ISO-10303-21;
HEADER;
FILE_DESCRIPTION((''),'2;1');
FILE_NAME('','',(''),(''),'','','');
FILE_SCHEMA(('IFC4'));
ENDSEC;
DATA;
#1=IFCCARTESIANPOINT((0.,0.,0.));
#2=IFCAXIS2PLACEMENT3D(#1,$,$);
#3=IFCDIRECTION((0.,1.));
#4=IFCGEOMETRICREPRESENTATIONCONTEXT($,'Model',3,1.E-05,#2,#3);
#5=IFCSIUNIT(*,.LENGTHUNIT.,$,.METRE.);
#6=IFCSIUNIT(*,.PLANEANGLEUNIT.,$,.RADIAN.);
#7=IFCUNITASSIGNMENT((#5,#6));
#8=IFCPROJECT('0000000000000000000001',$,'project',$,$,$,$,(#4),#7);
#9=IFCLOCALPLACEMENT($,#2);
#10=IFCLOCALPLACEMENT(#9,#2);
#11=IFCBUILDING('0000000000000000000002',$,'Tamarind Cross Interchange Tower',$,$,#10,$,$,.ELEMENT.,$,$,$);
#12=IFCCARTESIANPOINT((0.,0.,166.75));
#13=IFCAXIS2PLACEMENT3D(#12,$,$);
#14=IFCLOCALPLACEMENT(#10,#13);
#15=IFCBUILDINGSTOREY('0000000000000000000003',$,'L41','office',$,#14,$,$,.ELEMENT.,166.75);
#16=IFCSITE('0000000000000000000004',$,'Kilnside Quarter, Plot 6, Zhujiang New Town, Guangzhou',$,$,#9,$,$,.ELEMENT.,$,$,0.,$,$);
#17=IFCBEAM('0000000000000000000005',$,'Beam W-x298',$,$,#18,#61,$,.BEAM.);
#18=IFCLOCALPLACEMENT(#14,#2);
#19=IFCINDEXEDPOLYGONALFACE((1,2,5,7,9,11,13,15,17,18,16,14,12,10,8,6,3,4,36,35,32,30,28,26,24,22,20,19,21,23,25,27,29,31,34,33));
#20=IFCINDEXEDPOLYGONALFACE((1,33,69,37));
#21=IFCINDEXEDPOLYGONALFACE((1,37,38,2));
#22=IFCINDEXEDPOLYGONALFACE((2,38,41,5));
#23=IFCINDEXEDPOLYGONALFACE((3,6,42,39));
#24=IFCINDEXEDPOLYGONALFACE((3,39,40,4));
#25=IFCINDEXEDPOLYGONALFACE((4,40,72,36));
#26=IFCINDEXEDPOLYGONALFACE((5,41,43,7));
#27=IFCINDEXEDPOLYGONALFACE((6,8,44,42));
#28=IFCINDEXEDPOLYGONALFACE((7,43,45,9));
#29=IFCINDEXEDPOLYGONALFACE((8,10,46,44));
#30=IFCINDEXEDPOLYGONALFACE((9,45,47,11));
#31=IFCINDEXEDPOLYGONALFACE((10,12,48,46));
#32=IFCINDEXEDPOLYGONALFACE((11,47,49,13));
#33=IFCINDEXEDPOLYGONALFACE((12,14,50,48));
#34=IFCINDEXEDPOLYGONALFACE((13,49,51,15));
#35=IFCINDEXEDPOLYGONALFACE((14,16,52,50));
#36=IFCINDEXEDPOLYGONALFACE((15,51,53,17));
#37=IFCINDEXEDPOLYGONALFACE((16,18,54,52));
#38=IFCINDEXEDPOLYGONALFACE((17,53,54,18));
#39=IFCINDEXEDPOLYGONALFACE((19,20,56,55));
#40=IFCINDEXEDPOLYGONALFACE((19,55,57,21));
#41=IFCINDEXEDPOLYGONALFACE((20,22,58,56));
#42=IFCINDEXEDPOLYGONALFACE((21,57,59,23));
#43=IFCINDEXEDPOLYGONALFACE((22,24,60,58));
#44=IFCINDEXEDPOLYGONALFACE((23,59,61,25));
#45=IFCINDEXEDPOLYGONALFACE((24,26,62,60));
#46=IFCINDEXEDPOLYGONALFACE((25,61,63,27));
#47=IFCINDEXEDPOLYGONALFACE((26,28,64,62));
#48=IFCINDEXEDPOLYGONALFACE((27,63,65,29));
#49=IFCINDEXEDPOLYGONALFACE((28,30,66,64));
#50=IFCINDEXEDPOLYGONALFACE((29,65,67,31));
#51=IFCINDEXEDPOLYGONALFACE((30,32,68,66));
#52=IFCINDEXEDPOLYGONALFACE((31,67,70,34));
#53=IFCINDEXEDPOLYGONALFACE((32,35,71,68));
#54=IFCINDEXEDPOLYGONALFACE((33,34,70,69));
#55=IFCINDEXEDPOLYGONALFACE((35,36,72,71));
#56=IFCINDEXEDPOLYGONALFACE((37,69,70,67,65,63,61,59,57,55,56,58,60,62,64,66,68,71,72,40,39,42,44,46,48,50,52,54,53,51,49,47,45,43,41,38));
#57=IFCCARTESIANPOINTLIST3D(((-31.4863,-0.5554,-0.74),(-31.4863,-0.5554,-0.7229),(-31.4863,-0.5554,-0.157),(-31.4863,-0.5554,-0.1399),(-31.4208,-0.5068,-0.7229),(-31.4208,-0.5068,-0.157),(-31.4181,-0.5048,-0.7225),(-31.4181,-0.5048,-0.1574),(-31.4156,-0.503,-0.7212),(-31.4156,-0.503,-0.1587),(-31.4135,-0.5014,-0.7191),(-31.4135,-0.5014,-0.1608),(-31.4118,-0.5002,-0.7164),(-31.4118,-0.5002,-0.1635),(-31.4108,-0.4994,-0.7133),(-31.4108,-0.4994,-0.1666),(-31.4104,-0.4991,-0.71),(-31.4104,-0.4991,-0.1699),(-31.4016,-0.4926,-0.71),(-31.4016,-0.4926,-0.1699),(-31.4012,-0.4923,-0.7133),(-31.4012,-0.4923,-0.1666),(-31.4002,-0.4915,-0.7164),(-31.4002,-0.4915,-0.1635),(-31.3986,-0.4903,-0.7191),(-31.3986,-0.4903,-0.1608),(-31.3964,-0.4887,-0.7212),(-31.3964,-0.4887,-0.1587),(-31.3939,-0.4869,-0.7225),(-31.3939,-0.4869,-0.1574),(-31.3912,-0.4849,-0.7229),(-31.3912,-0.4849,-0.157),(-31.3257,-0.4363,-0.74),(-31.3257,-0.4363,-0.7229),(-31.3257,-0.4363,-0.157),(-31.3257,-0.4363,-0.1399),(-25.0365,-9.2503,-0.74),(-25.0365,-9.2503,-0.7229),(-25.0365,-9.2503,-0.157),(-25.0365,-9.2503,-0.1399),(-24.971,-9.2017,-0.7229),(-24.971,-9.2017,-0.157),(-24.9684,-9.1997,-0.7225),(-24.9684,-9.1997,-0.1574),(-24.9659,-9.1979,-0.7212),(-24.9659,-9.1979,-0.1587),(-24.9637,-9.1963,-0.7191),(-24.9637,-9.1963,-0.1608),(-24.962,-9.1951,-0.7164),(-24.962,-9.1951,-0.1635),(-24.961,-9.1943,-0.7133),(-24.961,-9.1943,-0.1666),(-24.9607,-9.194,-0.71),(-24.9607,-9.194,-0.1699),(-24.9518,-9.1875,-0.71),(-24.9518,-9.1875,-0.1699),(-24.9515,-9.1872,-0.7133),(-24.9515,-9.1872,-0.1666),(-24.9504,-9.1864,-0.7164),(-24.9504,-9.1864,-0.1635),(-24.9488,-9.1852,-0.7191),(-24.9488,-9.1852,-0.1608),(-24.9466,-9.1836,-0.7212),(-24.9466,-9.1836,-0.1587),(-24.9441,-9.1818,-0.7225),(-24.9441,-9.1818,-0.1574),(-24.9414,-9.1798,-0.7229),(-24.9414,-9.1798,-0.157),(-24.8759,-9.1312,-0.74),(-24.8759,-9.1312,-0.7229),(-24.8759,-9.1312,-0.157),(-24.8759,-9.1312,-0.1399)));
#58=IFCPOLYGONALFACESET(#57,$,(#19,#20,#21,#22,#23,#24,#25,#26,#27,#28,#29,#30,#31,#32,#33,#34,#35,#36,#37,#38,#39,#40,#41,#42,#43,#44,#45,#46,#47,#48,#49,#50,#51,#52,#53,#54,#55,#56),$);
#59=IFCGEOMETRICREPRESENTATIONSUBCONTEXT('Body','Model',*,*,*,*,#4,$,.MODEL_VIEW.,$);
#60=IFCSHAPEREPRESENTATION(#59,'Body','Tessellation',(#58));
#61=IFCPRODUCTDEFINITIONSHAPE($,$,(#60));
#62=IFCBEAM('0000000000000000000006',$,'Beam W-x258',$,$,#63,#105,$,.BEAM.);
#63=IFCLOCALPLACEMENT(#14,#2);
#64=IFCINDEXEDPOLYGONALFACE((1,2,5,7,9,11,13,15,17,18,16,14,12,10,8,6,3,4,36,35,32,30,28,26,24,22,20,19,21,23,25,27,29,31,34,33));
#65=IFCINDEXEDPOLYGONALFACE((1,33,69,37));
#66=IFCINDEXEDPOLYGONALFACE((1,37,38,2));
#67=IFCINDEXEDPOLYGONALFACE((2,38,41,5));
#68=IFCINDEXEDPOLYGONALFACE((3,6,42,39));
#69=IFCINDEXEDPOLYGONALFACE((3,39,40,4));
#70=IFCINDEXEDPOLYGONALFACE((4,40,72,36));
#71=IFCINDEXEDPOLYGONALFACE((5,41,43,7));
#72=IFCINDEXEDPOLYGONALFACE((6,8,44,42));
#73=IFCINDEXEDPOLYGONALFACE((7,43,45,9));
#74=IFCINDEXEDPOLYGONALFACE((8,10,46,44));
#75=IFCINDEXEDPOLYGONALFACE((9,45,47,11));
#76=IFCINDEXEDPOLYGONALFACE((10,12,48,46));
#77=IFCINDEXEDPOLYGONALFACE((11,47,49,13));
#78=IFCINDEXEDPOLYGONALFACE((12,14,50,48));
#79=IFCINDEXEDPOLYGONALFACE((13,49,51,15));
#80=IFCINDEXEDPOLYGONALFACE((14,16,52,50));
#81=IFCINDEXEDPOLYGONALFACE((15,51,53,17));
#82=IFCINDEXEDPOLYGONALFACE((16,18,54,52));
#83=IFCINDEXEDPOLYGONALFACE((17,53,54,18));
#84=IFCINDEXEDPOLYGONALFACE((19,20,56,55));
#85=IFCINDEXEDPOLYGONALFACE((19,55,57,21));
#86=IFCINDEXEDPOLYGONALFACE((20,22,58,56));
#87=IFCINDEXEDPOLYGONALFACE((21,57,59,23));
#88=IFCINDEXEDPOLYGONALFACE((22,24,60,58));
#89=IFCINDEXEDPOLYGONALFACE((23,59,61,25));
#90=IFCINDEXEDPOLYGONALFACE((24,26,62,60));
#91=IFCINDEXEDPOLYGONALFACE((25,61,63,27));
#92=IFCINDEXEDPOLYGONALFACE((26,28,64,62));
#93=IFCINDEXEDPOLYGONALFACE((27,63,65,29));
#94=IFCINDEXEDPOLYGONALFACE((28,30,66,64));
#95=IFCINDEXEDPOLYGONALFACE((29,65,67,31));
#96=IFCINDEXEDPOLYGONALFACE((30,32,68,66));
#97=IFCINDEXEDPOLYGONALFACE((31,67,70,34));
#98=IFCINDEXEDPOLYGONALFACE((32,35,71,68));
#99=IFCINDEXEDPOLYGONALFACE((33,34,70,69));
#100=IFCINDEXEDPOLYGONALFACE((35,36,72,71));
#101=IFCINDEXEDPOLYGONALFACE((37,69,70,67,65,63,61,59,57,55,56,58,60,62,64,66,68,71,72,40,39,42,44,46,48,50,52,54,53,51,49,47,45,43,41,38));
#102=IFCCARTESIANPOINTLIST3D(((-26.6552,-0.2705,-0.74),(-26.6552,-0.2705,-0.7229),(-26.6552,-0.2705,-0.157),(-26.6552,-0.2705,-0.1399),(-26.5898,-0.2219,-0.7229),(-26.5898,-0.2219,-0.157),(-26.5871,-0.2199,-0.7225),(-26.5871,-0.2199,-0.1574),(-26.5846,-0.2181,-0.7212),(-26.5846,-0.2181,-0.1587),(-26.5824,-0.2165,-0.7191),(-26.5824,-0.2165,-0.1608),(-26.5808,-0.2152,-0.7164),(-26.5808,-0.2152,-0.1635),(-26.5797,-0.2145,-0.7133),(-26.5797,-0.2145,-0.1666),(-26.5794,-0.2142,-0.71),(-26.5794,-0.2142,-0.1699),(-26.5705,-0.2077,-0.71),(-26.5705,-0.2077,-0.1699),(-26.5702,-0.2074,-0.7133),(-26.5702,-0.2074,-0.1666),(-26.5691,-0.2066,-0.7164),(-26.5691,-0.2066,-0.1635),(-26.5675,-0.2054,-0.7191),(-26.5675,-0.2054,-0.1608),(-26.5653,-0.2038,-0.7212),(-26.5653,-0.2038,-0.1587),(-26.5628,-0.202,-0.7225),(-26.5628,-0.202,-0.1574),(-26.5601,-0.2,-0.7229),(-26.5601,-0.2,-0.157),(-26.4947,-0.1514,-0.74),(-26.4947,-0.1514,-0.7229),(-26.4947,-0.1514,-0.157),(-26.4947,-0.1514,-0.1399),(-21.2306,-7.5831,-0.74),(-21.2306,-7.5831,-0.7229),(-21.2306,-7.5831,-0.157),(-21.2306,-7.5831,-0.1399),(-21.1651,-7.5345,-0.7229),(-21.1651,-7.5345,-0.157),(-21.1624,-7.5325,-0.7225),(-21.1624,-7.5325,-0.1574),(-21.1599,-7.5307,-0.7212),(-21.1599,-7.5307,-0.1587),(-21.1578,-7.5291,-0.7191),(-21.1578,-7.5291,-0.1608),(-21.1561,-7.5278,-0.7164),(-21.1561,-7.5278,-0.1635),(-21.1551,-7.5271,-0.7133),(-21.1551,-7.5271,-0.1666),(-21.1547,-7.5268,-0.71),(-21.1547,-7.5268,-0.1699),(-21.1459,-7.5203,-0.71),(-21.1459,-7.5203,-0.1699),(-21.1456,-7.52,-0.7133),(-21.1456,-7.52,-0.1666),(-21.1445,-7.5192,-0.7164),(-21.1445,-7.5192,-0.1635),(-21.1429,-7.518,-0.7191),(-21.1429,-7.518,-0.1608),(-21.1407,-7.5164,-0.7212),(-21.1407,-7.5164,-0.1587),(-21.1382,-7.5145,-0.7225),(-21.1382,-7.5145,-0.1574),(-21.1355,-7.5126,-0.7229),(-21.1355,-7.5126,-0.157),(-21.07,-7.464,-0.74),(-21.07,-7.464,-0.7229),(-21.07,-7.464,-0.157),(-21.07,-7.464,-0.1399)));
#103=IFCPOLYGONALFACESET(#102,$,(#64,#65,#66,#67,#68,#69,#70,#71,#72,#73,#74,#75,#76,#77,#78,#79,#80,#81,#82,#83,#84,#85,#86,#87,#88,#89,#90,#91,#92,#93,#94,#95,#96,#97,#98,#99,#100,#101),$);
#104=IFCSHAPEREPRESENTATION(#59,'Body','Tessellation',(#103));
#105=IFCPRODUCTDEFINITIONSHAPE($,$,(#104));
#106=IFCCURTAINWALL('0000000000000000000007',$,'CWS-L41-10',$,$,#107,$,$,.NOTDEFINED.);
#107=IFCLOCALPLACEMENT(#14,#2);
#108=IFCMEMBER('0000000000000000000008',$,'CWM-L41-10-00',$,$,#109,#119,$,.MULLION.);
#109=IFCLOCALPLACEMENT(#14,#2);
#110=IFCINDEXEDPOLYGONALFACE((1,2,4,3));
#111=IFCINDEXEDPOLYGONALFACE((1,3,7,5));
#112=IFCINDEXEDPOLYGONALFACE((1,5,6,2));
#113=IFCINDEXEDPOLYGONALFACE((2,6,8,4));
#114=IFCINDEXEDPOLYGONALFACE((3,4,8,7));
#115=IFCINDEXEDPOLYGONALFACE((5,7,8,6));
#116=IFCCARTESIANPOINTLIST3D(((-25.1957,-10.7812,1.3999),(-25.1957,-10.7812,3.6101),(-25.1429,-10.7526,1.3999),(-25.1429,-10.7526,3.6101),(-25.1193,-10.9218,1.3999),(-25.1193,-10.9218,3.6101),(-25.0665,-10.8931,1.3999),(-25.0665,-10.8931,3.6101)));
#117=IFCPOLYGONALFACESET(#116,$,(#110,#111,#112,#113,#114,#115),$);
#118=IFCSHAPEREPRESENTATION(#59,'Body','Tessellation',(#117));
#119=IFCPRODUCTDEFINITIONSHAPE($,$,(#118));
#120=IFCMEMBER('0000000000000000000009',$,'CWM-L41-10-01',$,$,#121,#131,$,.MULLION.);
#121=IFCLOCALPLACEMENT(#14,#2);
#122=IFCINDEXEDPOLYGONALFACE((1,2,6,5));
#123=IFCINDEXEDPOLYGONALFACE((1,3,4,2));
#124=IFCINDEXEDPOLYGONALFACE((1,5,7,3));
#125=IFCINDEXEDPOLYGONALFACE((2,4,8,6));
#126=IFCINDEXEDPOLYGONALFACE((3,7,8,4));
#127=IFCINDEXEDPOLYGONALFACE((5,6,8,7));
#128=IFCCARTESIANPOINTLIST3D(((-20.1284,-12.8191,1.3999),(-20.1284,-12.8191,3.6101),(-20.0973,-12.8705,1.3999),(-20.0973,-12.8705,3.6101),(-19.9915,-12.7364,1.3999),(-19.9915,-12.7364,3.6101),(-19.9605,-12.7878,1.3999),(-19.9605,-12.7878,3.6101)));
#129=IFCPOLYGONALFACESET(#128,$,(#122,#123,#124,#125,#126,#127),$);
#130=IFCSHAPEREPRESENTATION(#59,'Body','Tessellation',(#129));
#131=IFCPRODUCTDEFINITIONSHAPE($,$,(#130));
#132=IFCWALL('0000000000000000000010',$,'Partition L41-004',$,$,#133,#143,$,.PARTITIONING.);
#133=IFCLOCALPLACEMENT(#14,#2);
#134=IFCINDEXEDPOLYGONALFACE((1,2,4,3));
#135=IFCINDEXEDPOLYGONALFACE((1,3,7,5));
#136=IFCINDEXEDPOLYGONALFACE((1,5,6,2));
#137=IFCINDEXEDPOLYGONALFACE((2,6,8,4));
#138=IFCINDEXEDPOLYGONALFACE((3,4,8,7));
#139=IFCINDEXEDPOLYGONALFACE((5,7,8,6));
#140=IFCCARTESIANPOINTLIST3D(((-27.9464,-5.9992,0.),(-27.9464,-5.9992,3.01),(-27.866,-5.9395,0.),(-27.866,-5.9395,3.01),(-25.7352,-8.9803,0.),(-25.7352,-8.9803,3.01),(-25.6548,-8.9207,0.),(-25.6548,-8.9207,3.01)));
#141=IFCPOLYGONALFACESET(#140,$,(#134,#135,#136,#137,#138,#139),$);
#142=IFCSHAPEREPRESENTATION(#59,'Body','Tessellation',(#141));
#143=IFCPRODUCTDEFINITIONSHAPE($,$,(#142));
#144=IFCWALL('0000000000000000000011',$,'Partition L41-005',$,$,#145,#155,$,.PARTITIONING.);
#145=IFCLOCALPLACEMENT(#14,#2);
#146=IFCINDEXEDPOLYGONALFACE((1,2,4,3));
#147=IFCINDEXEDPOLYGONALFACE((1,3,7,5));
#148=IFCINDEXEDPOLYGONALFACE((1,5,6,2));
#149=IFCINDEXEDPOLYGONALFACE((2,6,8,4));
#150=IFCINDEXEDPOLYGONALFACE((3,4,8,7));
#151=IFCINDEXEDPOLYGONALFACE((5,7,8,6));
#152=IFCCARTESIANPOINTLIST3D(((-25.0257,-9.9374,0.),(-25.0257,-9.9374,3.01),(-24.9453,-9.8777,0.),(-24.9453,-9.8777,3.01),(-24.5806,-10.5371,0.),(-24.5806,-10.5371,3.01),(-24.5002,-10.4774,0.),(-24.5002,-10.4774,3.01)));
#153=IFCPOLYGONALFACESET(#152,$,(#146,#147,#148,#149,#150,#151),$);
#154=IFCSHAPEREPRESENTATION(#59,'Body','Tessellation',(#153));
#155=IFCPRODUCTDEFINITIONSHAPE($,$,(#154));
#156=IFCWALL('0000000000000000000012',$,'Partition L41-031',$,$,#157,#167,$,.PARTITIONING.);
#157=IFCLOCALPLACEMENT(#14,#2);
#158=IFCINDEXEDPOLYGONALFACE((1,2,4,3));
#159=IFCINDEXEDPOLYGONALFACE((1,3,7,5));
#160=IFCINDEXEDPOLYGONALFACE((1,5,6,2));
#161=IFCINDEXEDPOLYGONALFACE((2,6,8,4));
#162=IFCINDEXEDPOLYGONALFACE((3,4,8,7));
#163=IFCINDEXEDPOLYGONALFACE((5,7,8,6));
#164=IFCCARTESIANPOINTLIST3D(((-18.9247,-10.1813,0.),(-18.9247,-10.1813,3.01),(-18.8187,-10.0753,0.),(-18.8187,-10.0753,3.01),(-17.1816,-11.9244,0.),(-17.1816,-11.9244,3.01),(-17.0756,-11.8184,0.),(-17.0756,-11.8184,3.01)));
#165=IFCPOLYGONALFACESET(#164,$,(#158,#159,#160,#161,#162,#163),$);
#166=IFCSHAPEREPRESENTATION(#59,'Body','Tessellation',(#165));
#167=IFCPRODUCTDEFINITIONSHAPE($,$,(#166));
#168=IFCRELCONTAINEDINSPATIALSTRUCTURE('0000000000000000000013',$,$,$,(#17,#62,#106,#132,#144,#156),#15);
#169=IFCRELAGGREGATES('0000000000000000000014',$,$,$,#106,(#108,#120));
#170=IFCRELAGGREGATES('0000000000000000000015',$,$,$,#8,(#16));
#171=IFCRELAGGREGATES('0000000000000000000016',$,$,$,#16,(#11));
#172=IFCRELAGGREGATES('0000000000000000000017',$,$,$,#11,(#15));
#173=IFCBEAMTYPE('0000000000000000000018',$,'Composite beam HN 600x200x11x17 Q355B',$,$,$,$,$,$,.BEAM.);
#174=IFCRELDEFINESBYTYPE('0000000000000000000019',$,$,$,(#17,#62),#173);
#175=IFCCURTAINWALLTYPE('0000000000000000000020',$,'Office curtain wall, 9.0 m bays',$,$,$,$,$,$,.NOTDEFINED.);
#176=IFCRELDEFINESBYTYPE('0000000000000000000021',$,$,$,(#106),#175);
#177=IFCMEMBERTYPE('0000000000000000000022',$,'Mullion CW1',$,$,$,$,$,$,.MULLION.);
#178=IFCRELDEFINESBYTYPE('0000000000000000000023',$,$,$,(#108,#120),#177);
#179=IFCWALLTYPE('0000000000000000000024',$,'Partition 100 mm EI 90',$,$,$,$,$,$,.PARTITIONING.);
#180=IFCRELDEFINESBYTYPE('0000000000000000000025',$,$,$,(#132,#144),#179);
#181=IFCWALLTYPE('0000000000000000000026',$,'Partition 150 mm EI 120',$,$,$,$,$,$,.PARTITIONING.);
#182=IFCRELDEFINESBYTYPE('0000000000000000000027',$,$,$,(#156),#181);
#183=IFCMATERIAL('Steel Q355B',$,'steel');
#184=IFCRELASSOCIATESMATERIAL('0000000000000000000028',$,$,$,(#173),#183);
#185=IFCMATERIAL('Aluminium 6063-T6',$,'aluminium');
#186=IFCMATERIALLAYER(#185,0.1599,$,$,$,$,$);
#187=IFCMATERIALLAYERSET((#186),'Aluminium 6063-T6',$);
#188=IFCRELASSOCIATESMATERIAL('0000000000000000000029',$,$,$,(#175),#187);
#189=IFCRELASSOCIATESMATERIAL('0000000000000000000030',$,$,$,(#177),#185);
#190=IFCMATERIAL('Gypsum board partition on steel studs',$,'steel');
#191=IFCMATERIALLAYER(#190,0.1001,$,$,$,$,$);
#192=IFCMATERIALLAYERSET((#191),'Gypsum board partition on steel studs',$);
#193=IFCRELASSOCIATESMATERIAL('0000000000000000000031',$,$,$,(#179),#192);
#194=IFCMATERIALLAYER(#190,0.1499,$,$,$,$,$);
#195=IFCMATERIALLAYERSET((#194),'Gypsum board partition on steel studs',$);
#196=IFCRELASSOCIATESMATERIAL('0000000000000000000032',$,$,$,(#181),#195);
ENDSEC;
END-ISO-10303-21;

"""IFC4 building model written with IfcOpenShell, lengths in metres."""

from ifc_helpers import new_model, si_unit, direction, frame, frame_2d, origin, origin_2d, place, context, subcontext, project, spatial, rectangle, i_section, extrude, material, layer, layer_set, material_profile, profile_set, type_object, element, aggregate, save


model = new_model("IFC4")

# Units and contexts
model_context = context("Model", 3, precision=1e-05, world=origin(), true_north=direction((0.0, 1.0)))
body_context = subcontext(model_context, "Body", "Model", "MODEL_VIEW")
ifc_project = project(units=[si_unit("LENGTHUNIT", "METRE"), si_unit("PLANEANGLEUNIT", "RADIAN")], contexts=[model_context])

# Site, building, storey
site_placement = place(None, origin())
site = spatial("IfcSite", under=ifc_project, at=site_placement, Name="Kilnside Quarter, Plot 6, Zhujiang New Town, Guangzhou", CompositionType="ELEMENT", RefElevation=0.0)
building_placement = place(site_placement, origin())
building = spatial("IfcBuilding", under=site, at=building_placement, Name="Tamarind Cross Interchange Tower", CompositionType="ELEMENT")
storey_placement = place(building_placement, frame((0.0, 0.0, 166.75)))
storey = spatial("IfcBuildingStorey", under=building, at=storey_placement, Name="L41", Description="office", CompositionType="ELEMENT", Elevation=166.75)

# Beams
ifc_material_1 = material(Name="Steel Q355B", Category="steel")
ifc_material_profile_1 = material_profile(ifc_material_1, i_section(OverallWidth=0.2, OverallDepth=0.6001, WebThickness=0.011, FlangeThickness=0.0171, FilletRadius=0.0129, at=origin_2d()), Name="HN 600x200x11x17")
ifc_profile_set_1 = profile_set([ifc_material_profile_1], Name="Steel Q355B")
beam_type_1 = type_object("IfcBeamType", Name="Composite beam HN 600x200x11x17 Q355B", PredefinedType="BEAM", material=ifc_profile_set_1)
beam_1_placement = place(storey_placement, frame((-31.406, -0.4958, -0.4399), z_axis=(0.59577, -0.803155, 0.0), x_axis=(0.803155, 0.59577, 0.0)))
element("IfcBeam", 1, at=beam_1_placement, inside=storey, type_object=beam_type_1, Name="Beam W-x298", PredefinedType="BEAM", context=body_context, shape_type="SweptSolid", body=[
    extrude(i_section(OverallWidth=0.2, OverallDepth=0.6001, WebThickness=0.011, FlangeThickness=0.0171, FilletRadius=0.0129, at=origin_2d()), origin(), (0.0, 0.0, 1.0), 10.8259),
])
beam_2_placement = place(storey_placement, frame((-26.575, -0.2109, -0.4399), z_axis=(0.595787, -0.803142, 0.0), x_axis=(0.803142, 0.595787, 0.0)))
element("IfcBeam", 2, at=beam_2_placement, inside=storey, type_object=beam_type_1, Name="Beam W-x258", PredefinedType="BEAM", context=body_context, shape_type="SweptSolid", body=[
    extrude(i_section(OverallWidth=0.2, OverallDepth=0.6001, WebThickness=0.011, FlangeThickness=0.0171, FilletRadius=0.0129, at=origin_2d()), origin(), (0.0, 0.0, 1.0), 9.105),
])

# Curtain wall, members
ifc_material_2 = material(Name="Aluminium 6063-T6", Category="aluminium")
ifc_layer_1 = layer(ifc_material_2, 0.1599)
ifc_layer_set_1 = layer_set([ifc_layer_1], Name="Aluminium 6063-T6")
curtain_wall_type = type_object("IfcCurtainWallType", Name="Office curtain wall, 9.0 m bays", PredefinedType="NOTDEFINED", material=ifc_layer_set_1)
curtain_wall_placement = place(storey_placement, origin())
curtain_wall = element("IfcCurtainWall", 3, at=curtain_wall_placement, inside=storey, type_object=curtain_wall_type, Name="CWS-L41-10", PredefinedType="NOTDEFINED")
ifc_material_profile_2 = material_profile(ifc_material_2, rectangle(XDim=0.0601, YDim=0.1599, at=origin_2d()), Name="Mullion CW1")
ifc_profile_set_2 = profile_set([ifc_material_profile_2], Name="Aluminium 6063-T6")
member_type = type_object("IfcMemberType", Name="Mullion CW1", PredefinedType="MULLION", material=ifc_profile_set_2)
member_1_placement = place(storey_placement, frame((-25.1311, -10.8372, 1.3999), z_axis=(0.0, 0.0, 1.0), x_axis=(0.878678, 0.477415, 0.0)))
member_1 = element("IfcMember", 4, at=member_1_placement, type_object=member_type, Name="CWM-L41-10-00", PredefinedType="MULLION", context=body_context, shape_type="SweptSolid", body=[
    extrude(rectangle(XDim=0.0601, YDim=0.1599, at=origin_2d()), origin(), (0.0, 0.0, 1.0), 2.2102),
])
member_2_placement = place(storey_placement, frame((-20.0444, -12.8035, 1.3999), z_axis=(0.0, 0.0, 1.0), x_axis=(0.517314, -0.855796, 0.0)))
member_2 = element("IfcMember", 5, at=member_2_placement, type_object=member_type, Name="CWM-L41-10-01", PredefinedType="MULLION", context=body_context, shape_type="SweptSolid", body=[
    extrude(rectangle(XDim=0.0601, YDim=0.1599, at=origin_2d()), origin(), (0.0, 0.0, 1.0), 2.2102),
])
aggregate(curtain_wall, [member_1, member_2])

# Walls
ifc_material_3 = material(Name="Gypsum board partition on steel studs", Category="steel")
ifc_layer_2 = layer(ifc_material_3, 0.1001)
ifc_layer_set_2 = layer_set([ifc_layer_2], Name="Gypsum board partition on steel studs")
wall_type_1 = type_object("IfcWallType", Name="Partition 100 mm EI 90", PredefinedType="PARTITIONING", material=ifc_layer_set_2)
wall_1_placement = place(storey_placement, frame((-27.9062, -5.9692, 0.0), z_axis=(0.0, 0.0, 1.0), x_axis=(0.595729, -0.803185, 0.0)))
element("IfcWall", 6, at=wall_1_placement, inside=storey, type_object=wall_type_1, Name="Partition L41-004", PredefinedType="PARTITIONING", context=body_context, shape_type="SweptSolid", body=[
    extrude(rectangle(XDim=3.7117, YDim=0.1001, at=frame_2d((1.856, 0.0))), origin(), (0.0, 0.0, 1.0), 3.01),
])
wall_2_placement = place(storey_placement, frame((-24.9856, -9.9075, 0.0), z_axis=(0.0, 0.0, 1.0), x_axis=(0.596017, -0.802972, 0.0)))
element("IfcWall", 7, at=wall_2_placement, inside=storey, type_object=wall_type_1, Name="Partition L41-005", PredefinedType="PARTITIONING", context=body_context, shape_type="SweptSolid", body=[
    extrude(rectangle(XDim=0.7468, YDim=0.1001, at=frame_2d((0.3735, 0.0))), origin(), (0.0, 0.0, 1.0), 3.01),
])
ifc_layer_3 = layer(ifc_material_3, 0.1499)
ifc_layer_set_3 = layer_set([ifc_layer_3], Name="Gypsum board partition on steel studs")
wall_type_2 = type_object("IfcWallType", Name="Partition 150 mm EI 120", PredefinedType="PARTITIONING", material=ifc_layer_set_3)
wall_3_placement = place(storey_placement, frame((-18.8716, -10.1284, 0.0), z_axis=(0.0, 0.0, 1.0), x_axis=(0.707107, -0.707107, 0.0)))
element("IfcWall", 8, at=wall_3_placement, inside=storey, type_object=wall_type_2, Name="Partition L41-031", PredefinedType="PARTITIONING", context=body_context, shape_type="SweptSolid", body=[
    extrude(rectangle(XDim=2.4651, YDim=0.1499, at=frame_2d((1.2324, 0.0))), origin(), (0.0, 0.0, 1.0), 3.01),
])

save(model, "model.ifc")
